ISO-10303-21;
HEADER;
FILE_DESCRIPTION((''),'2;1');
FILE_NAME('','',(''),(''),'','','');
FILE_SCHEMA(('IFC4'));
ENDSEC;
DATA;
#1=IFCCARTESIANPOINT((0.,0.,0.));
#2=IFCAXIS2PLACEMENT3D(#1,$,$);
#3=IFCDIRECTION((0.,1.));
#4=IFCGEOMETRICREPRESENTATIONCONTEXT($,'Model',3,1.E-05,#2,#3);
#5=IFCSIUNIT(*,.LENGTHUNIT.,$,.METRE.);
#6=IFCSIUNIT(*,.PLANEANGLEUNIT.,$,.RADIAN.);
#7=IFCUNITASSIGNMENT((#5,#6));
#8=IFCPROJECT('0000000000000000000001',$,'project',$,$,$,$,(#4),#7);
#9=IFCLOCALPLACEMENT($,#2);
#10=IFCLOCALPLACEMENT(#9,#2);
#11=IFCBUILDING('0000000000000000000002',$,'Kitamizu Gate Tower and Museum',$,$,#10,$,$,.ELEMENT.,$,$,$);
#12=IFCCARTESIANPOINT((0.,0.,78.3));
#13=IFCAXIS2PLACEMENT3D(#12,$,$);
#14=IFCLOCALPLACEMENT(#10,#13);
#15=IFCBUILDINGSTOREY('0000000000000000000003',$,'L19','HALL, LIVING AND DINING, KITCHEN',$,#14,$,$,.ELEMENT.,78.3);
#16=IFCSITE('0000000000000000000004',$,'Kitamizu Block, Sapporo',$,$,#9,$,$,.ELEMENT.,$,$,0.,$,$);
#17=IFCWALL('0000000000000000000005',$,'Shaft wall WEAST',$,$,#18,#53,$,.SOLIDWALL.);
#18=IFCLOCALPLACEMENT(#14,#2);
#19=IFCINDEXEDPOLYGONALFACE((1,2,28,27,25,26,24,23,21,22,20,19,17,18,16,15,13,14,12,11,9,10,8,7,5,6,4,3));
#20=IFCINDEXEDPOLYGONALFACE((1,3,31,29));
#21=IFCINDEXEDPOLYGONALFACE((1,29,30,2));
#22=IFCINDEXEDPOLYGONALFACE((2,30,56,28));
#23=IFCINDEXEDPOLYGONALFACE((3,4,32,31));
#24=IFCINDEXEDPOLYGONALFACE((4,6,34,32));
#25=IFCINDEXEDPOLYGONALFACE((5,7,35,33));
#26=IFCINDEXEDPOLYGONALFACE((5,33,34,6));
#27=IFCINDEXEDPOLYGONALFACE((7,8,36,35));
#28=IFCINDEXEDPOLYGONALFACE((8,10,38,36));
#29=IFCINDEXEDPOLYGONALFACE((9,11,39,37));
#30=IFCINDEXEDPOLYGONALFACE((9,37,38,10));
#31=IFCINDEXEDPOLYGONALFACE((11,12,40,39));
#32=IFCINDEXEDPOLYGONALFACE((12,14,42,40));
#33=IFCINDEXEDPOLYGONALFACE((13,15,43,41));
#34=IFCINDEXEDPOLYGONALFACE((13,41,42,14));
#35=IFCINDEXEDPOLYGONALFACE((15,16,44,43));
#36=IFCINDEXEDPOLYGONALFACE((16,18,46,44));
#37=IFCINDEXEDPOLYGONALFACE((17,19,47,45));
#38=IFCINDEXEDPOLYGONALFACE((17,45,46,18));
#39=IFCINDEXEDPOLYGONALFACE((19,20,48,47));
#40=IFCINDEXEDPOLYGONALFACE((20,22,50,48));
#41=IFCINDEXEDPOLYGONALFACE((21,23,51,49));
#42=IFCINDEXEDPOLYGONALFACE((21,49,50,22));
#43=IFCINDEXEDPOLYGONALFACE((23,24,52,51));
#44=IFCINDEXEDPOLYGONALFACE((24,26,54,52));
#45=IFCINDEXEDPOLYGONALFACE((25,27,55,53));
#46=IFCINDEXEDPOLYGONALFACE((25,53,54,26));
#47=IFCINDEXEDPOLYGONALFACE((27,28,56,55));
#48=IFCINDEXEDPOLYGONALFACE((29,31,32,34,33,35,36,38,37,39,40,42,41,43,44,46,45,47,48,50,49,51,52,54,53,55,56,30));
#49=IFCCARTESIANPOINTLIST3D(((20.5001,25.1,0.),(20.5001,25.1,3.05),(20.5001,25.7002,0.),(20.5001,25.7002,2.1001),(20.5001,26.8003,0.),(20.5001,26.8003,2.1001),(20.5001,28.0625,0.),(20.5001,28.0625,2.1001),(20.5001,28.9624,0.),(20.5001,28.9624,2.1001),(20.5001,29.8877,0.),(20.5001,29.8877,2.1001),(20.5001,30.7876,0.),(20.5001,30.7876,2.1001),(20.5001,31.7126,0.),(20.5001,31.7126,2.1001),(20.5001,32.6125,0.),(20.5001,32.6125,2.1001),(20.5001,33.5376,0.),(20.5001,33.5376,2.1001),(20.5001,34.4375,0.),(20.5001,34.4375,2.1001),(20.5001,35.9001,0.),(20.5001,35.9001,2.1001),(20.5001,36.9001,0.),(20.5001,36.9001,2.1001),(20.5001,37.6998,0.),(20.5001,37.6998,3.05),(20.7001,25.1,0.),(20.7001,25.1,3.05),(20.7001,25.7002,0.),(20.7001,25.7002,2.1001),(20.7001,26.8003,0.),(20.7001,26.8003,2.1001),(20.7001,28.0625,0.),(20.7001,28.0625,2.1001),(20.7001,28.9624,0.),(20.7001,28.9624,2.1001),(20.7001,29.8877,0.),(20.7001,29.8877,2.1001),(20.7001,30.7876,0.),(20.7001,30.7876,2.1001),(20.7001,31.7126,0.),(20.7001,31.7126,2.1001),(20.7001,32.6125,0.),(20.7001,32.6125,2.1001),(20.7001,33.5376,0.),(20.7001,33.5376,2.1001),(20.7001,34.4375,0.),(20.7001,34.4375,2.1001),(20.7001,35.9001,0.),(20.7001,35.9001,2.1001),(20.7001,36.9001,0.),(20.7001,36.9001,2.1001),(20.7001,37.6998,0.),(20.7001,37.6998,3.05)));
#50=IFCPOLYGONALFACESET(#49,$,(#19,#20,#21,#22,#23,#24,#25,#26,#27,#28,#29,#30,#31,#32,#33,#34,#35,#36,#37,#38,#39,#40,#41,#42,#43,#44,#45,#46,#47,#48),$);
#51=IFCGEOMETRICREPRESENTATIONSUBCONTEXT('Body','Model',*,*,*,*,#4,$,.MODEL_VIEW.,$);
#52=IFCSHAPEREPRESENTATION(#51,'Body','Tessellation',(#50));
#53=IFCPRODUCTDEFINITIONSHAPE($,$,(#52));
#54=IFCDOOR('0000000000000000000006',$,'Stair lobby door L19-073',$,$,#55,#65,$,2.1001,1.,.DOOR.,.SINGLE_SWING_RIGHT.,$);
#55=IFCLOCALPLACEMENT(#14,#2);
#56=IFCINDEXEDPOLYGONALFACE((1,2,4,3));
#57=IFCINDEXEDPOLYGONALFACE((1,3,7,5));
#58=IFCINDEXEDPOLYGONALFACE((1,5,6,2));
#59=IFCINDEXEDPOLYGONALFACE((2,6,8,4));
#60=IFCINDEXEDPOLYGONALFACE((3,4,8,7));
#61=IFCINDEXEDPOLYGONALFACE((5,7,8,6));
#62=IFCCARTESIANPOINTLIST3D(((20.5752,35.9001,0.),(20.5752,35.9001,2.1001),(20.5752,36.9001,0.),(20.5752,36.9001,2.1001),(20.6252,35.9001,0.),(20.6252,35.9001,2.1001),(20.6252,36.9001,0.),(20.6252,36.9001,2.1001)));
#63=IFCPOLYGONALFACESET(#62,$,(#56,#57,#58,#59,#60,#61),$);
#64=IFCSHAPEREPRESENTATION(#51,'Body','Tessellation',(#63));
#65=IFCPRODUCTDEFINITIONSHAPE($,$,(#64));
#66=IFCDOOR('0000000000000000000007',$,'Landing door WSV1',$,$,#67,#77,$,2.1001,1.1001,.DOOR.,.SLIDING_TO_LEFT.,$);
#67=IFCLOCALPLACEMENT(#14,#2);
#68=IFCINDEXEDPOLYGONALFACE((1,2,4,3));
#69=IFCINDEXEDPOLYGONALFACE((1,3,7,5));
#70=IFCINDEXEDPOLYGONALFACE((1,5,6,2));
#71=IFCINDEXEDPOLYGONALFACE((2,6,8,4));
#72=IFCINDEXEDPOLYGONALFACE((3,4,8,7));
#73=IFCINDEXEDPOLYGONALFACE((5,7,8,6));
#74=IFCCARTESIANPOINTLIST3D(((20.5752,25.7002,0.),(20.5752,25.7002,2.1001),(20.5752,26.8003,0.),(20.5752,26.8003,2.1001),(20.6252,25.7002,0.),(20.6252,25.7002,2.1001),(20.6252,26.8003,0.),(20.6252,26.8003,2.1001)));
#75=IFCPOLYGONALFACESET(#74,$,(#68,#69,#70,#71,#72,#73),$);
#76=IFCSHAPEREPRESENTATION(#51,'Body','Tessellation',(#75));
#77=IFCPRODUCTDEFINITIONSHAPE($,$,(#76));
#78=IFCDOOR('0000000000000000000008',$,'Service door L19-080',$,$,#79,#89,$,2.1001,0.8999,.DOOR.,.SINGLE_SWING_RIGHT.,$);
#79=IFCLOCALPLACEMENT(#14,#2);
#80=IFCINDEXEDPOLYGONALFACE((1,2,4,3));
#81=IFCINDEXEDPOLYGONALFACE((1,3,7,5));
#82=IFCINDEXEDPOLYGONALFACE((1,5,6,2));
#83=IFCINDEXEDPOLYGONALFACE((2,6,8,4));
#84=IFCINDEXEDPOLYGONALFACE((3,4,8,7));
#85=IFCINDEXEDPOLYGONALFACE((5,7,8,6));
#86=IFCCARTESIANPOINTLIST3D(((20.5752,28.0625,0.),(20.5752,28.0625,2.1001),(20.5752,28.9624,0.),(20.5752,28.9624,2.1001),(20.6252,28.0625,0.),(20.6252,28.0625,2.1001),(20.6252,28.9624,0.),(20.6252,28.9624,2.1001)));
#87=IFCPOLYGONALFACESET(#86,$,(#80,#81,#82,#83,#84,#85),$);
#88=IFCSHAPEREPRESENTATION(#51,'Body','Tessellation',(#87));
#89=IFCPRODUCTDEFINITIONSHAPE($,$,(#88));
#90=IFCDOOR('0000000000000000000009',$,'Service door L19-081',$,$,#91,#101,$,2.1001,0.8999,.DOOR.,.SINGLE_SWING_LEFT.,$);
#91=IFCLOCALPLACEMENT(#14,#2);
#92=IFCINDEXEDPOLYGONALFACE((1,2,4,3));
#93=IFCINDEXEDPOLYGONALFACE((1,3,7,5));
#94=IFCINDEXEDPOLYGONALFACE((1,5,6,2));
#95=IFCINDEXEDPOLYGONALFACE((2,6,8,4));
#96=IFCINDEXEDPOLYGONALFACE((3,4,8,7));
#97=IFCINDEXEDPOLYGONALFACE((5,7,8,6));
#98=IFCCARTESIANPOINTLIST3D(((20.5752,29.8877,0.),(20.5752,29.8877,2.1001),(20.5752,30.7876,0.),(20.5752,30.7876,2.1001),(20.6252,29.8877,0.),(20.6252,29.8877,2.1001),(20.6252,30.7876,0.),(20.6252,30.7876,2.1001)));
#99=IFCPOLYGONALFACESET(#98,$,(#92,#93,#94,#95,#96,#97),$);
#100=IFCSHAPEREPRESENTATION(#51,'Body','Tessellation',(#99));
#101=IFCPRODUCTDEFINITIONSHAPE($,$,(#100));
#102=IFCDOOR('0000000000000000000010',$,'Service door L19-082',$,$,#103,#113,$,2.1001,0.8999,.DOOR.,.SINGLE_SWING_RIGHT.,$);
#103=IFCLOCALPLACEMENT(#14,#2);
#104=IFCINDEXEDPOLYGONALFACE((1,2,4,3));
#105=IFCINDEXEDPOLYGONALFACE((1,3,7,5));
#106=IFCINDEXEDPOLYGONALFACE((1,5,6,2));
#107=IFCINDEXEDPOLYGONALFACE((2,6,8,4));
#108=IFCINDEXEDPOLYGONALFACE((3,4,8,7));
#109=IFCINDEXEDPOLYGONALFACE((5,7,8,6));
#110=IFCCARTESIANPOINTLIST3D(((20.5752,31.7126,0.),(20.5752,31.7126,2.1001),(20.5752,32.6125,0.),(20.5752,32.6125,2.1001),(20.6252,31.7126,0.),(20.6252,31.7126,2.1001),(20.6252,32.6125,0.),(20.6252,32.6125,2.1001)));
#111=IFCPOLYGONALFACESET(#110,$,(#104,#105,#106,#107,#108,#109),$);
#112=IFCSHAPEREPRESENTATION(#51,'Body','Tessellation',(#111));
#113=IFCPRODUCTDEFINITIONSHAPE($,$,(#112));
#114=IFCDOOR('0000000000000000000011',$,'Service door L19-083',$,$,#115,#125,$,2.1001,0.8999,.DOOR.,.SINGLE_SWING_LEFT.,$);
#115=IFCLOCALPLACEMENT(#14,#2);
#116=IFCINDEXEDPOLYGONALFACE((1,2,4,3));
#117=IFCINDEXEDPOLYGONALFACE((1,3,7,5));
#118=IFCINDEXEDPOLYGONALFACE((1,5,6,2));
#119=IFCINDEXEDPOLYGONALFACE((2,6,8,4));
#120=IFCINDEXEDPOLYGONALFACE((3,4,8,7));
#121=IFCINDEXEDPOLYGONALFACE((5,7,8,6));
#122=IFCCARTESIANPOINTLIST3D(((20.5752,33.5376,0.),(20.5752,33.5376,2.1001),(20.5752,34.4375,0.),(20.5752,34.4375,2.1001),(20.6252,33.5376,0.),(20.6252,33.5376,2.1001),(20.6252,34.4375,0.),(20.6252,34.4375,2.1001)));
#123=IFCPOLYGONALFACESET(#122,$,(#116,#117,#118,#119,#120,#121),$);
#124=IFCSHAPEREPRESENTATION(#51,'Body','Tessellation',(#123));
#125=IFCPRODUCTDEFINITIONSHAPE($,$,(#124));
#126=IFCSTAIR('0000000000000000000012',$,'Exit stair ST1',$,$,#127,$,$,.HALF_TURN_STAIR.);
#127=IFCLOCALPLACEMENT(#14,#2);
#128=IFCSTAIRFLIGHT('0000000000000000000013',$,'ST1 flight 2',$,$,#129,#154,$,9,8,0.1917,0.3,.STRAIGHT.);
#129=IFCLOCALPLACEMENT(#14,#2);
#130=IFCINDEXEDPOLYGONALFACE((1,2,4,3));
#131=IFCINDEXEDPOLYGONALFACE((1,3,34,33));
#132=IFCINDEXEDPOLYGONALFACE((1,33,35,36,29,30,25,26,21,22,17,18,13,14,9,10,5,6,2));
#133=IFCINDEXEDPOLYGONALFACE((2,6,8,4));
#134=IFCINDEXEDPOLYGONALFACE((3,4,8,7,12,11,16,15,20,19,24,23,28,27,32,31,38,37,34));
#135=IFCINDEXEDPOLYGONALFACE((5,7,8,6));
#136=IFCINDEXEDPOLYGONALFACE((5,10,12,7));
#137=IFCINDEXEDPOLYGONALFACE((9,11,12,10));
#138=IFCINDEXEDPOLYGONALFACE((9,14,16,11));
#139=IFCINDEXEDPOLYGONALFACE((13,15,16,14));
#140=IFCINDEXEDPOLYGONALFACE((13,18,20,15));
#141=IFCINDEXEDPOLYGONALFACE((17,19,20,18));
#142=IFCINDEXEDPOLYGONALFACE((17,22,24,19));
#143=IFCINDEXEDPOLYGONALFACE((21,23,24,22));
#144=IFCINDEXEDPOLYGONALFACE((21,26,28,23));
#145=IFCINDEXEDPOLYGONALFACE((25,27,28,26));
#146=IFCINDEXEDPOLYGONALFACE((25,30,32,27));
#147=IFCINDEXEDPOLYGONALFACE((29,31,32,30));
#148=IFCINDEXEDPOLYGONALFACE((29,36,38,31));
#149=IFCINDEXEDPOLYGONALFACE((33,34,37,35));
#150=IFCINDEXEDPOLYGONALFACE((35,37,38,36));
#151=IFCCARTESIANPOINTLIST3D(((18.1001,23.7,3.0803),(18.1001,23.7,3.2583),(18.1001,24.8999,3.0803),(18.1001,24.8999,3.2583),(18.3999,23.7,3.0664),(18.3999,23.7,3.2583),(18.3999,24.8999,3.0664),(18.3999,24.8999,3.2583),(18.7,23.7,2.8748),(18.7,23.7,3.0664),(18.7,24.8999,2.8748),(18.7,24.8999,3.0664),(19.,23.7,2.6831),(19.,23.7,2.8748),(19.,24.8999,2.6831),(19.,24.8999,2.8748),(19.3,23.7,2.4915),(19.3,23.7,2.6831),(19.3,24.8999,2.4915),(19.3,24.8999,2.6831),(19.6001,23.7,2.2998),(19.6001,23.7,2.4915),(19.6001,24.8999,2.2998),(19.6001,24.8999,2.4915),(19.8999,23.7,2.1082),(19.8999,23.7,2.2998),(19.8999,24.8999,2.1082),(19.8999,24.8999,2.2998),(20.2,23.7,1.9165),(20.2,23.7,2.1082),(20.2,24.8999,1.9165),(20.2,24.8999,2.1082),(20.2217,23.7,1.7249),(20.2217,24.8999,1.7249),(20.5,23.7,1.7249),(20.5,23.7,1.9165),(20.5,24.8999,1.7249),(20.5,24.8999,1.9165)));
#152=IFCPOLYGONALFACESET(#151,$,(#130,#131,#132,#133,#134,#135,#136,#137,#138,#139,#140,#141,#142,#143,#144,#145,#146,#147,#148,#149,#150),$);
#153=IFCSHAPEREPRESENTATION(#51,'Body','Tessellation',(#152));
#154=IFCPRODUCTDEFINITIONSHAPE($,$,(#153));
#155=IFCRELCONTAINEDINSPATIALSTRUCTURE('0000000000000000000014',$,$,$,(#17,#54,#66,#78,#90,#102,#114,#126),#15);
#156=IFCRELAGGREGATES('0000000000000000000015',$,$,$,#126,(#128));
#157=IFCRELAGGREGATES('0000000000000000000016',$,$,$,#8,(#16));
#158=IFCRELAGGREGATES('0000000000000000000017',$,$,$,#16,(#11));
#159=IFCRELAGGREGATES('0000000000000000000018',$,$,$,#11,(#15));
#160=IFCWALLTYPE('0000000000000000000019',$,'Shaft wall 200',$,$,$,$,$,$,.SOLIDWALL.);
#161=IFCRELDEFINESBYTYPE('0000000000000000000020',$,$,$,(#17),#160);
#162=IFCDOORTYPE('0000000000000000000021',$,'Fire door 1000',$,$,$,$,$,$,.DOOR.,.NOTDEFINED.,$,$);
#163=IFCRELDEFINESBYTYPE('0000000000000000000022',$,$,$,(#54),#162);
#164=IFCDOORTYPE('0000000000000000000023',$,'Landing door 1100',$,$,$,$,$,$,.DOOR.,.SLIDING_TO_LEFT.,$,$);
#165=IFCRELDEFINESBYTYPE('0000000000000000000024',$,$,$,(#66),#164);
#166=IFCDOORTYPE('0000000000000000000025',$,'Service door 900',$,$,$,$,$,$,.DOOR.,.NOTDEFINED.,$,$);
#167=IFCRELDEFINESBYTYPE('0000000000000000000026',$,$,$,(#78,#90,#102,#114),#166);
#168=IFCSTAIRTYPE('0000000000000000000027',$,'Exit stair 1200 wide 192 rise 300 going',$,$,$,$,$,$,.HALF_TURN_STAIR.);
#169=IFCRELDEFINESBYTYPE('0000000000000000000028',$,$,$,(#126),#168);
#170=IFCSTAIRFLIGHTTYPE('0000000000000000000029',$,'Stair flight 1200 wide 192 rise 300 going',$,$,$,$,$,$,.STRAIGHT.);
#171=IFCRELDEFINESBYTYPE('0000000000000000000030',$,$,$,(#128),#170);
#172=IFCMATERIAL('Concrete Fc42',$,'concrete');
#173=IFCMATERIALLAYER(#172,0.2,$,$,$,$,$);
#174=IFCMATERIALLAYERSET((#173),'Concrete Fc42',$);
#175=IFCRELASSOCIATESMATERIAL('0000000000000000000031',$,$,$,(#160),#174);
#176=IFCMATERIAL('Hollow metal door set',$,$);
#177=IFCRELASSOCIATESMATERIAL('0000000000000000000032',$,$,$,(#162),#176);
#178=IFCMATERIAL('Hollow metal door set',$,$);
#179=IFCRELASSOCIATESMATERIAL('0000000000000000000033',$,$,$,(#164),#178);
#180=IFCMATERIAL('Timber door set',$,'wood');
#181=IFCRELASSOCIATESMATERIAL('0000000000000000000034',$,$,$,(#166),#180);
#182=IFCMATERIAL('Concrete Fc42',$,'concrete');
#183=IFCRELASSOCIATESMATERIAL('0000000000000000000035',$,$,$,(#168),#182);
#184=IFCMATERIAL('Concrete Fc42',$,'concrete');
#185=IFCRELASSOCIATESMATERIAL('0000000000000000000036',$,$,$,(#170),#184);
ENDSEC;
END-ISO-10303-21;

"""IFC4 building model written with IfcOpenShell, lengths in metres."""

from ifc_helpers import new_model, si_unit, direction, frame, frame_2d, origin, place, context, subcontext, project, spatial, polyline, rectangle, outline, extrude, material, layer, layer_set, type_object, element, fill, aggregate, save


model = new_model("IFC4")

# Units and contexts
model_context = context("Model", 3, precision=1e-05, world=origin(), true_north=direction((0.0, 1.0)))
body_context = subcontext(model_context, "Body", "Model", "MODEL_VIEW")
ifc_project = project(units=[si_unit("LENGTHUNIT", "METRE"), si_unit("PLANEANGLEUNIT", "RADIAN")], contexts=[model_context])

# Site, building, storey
site_placement = place(None, origin())
site = spatial("IfcSite", under=ifc_project, at=site_placement, Name="Kitamizu Block, Sapporo", CompositionType="ELEMENT", RefElevation=0.0)
building_placement = place(site_placement, origin())
building = spatial("IfcBuilding", under=site, at=building_placement, Name="Kitamizu Gate Tower and Museum", CompositionType="ELEMENT")
storey_placement = place(building_placement, frame((0.0, 0.0, 78.3)))
storey = spatial("IfcBuildingStorey", under=building, at=storey_placement, Name="L19", Description="HALL, LIVING AND DINING, KITCHEN", CompositionType="ELEMENT", Elevation=78.3)

# Wall, openings, doors
ifc_material_1 = material(Name="Concrete Fc42", Category="concrete")
ifc_layer_1 = layer(ifc_material_1, 0.2)
ifc_layer_set_1 = layer_set([ifc_layer_1], Name="Concrete Fc42")
wall_type_1 = type_object("IfcWallType", Name="Shaft wall 200", PredefinedType="SOLIDWALL", material=ifc_layer_set_1)
wall_1_placement = place(storey_placement, frame((20.6001, 25.1001, 0.0), z_axis=(0.0, 0.0, 1.0), x_axis=(0.0, 1.0, 0.0)))
wall_1 = element("IfcWall", 1, at=wall_1_placement, inside=storey, type_object=wall_type_1, Name="Shaft wall WEAST", PredefinedType="SOLIDWALL", context=body_context, shape_type="SweptSolid", body=[
    extrude(rectangle(XDim=12.5999, YDim=0.2, at=frame_2d((6.2998, 0.0))), origin(), (0.0, 0.0, 1.0), 3.05),
])
opening_1_placement = place(wall_1_placement, frame((0.6001, 0.0, 0.0)))
opening_1 = element("IfcOpeningElement", 2, at=opening_1_placement, cuts=wall_1, PredefinedType="OPENING", context=body_context, shape_type="SweptSolid", body=[
    extrude(rectangle(XDim=1.1001, YDim=2.1001, at=frame_2d((0.55, 1.05))), frame((0.0, 0.1099, 0.0), z_axis=(0.0, -1.0, 0.0), x_axis=(1.0, 0.0, 0.0)), (0.0, 0.0, 1.0), 0.22),
])
opening_2_placement = place(wall_1_placement, frame((10.8, 0.0, 0.0)))
opening_2 = element("IfcOpeningElement", 3, at=opening_2_placement, cuts=wall_1, PredefinedType="OPENING", context=body_context, shape_type="SweptSolid", body=[
    extrude(rectangle(XDim=1.0, YDim=2.1001, at=frame_2d((0.5, 1.05))), frame((0.0, 0.1099, 0.0), z_axis=(0.0, -1.0, 0.0), x_axis=(1.0, 0.0, 0.0)), (0.0, 0.0, 1.0), 0.22),
])
opening_3_placement = place(wall_1_placement, frame((2.9624, 0.0, 0.0)))
opening_3 = element("IfcOpeningElement", 4, at=opening_3_placement, cuts=wall_1, PredefinedType="OPENING", context=body_context, shape_type="SweptSolid", body=[
    extrude(rectangle(XDim=0.8999, YDim=2.1001, at=frame_2d((0.45, 1.05))), frame((0.0, 0.1099, 0.0), z_axis=(0.0, -1.0, 0.0), x_axis=(1.0, 0.0, 0.0)), (0.0, 0.0, 1.0), 0.22),
])
opening_4_placement = place(wall_1_placement, frame((4.7876, 0.0, 0.0)))
opening_4 = element("IfcOpeningElement", 5, at=opening_4_placement, cuts=wall_1, PredefinedType="OPENING", context=body_context, shape_type="SweptSolid", body=[
    extrude(rectangle(XDim=0.8999, YDim=2.1001, at=frame_2d((0.45, 1.05))), frame((0.0, 0.1099, 0.0), z_axis=(0.0, -1.0, 0.0), x_axis=(1.0, 0.0, 0.0)), (0.0, 0.0, 1.0), 0.22),
])
opening_5_placement = place(wall_1_placement, frame((6.6125, 0.0, 0.0)))
opening_5 = element("IfcOpeningElement", 6, at=opening_5_placement, cuts=wall_1, PredefinedType="OPENING", context=body_context, shape_type="SweptSolid", body=[
    extrude(rectangle(XDim=0.8999, YDim=2.1001, at=frame_2d((0.45, 1.05))), frame((0.0, 0.1099, 0.0), z_axis=(0.0, -1.0, 0.0), x_axis=(1.0, 0.0, 0.0)), (0.0, 0.0, 1.0), 0.22),
])
opening_6_placement = place(wall_1_placement, frame((8.4375, 0.0, 0.0)))
opening_6 = element("IfcOpeningElement", 7, at=opening_6_placement, cuts=wall_1, PredefinedType="OPENING", context=body_context, shape_type="SweptSolid", body=[
    extrude(rectangle(XDim=0.8999, YDim=2.1001, at=frame_2d((0.45, 1.05))), frame((0.0, 0.1099, 0.0), z_axis=(0.0, -1.0, 0.0), x_axis=(1.0, 0.0, 0.0)), (0.0, 0.0, 1.0), 0.22),
])
ifc_material_2 = material(Name="Hollow metal door set")
door_type_1 = type_object("IfcDoorType", Name="Fire door 1000", OperationType="NOTDEFINED", PredefinedType="DOOR", material=ifc_material_2)
door_1_placement = place(opening_2_placement, origin())
door_1 = element("IfcDoor", 8, at=door_1_placement, inside=storey, type_object=door_type_1, Name="Stair lobby door L19-073", OperationType="SINGLE_SWING_RIGHT", OverallHeight=2.1001, OverallWidth=1.0, PredefinedType="DOOR", context=body_context, shape_type="SweptSolid", body=[
    extrude(rectangle(XDim=1.0, YDim=2.1001, at=frame_2d((0.5, 1.05))), frame((0.0, 0.0249, 0.0), z_axis=(0.0, -1.0, 0.0), x_axis=(1.0, 0.0, 0.0)), (0.0, 0.0, 1.0), 0.05),
])
fill(opening_2, door_1)
ifc_material_3 = material(Name="Hollow metal door set")
door_type_2 = type_object("IfcDoorType", Name="Landing door 1100", OperationType="SLIDING_TO_LEFT", PredefinedType="DOOR", material=ifc_material_3)
door_2_placement = place(opening_1_placement, origin())
door_2 = element("IfcDoor", 9, at=door_2_placement, inside=storey, type_object=door_type_2, Name="Landing door WSV1", OperationType="SLIDING_TO_LEFT", OverallHeight=2.1001, OverallWidth=1.1001, PredefinedType="DOOR", context=body_context, shape_type="SweptSolid", body=[
    extrude(rectangle(XDim=1.1001, YDim=2.1001, at=frame_2d((0.55, 1.05))), frame((0.0, 0.0249, 0.0), z_axis=(0.0, -1.0, 0.0), x_axis=(1.0, 0.0, 0.0)), (0.0, 0.0, 1.0), 0.05),
])
fill(opening_1, door_2)
ifc_material_4 = material(Name="Timber door set", Category="wood")
door_type_3 = type_object("IfcDoorType", Name="Service door 900", OperationType="NOTDEFINED", PredefinedType="DOOR", material=ifc_material_4)
door_3_placement = place(opening_3_placement, origin())
door_3 = element("IfcDoor", 10, at=door_3_placement, inside=storey, type_object=door_type_3, Name="Service door L19-080", OperationType="SINGLE_SWING_RIGHT", OverallHeight=2.1001, OverallWidth=0.8999, PredefinedType="DOOR", context=body_context, shape_type="SweptSolid", body=[
    extrude(rectangle(XDim=0.8999, YDim=2.1001, at=frame_2d((0.45, 1.05))), frame((0.0, 0.0249, 0.0), z_axis=(0.0, -1.0, 0.0), x_axis=(1.0, 0.0, 0.0)), (0.0, 0.0, 1.0), 0.05),
])
fill(opening_3, door_3)
door_4_placement = place(opening_4_placement, origin())
door_4 = element("IfcDoor", 11, at=door_4_placement, inside=storey, type_object=door_type_3, Name="Service door L19-081", OperationType="SINGLE_SWING_LEFT", OverallHeight=2.1001, OverallWidth=0.8999, PredefinedType="DOOR", context=body_context, shape_type="SweptSolid", body=[
    extrude(rectangle(XDim=0.8999, YDim=2.1001, at=frame_2d((0.45, 1.05))), frame((0.0, 0.0249, 0.0), z_axis=(0.0, -1.0, 0.0), x_axis=(1.0, 0.0, 0.0)), (0.0, 0.0, 1.0), 0.05),
])
fill(opening_4, door_4)
door_5_placement = place(opening_5_placement, origin())
door_5 = element("IfcDoor", 12, at=door_5_placement, inside=storey, type_object=door_type_3, Name="Service door L19-082", OperationType="SINGLE_SWING_RIGHT", OverallHeight=2.1001, OverallWidth=0.8999, PredefinedType="DOOR", context=body_context, shape_type="SweptSolid", body=[
    extrude(rectangle(XDim=0.8999, YDim=2.1001, at=frame_2d((0.45, 1.05))), frame((0.0, 0.0249, 0.0), z_axis=(0.0, -1.0, 0.0), x_axis=(1.0, 0.0, 0.0)), (0.0, 0.0, 1.0), 0.05),
])
fill(opening_5, door_5)
door_6_placement = place(opening_6_placement, origin())
door_6 = element("IfcDoor", 13, at=door_6_placement, inside=storey, type_object=door_type_3, Name="Service door L19-083", OperationType="SINGLE_SWING_LEFT", OverallHeight=2.1001, OverallWidth=0.8999, PredefinedType="DOOR", context=body_context, shape_type="SweptSolid", body=[
    extrude(rectangle(XDim=0.8999, YDim=2.1001, at=frame_2d((0.45, 1.05))), frame((0.0, 0.0249, 0.0), z_axis=(0.0, -1.0, 0.0), x_axis=(1.0, 0.0, 0.0)), (0.0, 0.0, 1.0), 0.05),
])
fill(opening_6, door_6)

# Stair, stair flight
ifc_material_5 = material(Name="Concrete Fc42", Category="concrete")
stair_type = type_object("IfcStairType", Name="Exit stair 1200 wide 192 rise 300 going", PredefinedType="HALF_TURN_STAIR", material=ifc_material_5)
stair_placement = place(storey_placement, origin())
stair = element("IfcStair", 14, at=stair_placement, inside=storey, type_object=stair_type, Name="Exit stair ST1", PredefinedType="HALF_TURN_STAIR")
ifc_material_6 = material(Name="Concrete Fc42", Category="concrete")
stair_flight_type = type_object("IfcStairFlightType", Name="Stair flight 1200 wide 192 rise 300 going", PredefinedType="STRAIGHT", material=ifc_material_6)
stair_flight_placement = place(storey_placement, frame((20.5, 24.3, 1.7249), z_axis=(0.0, 0.0, 1.0), x_axis=(-1.0, 0.0, 0.0)))
stair_flight = element("IfcStairFlight", 15, at=stair_flight_placement, type_object=stair_flight_type, Name="ST1 flight 2", NumberOfRisers=9, NumberOfTreads=8, PredefinedType="STRAIGHT", RiserHeight=0.1917, TreadLength=0.3, context=body_context, shape_type="SweptSolid", body=[
    extrude(outline(polyline([(0.0, 0.0), (0.0, 0.1917), (0.3, 0.1917), (0.3, 0.3833), (0.6001, 0.3833), (0.6001, 0.575), (0.8999, 0.575), (0.8999, 0.7666), (1.2, 0.7666), (1.2, 0.9583), (1.5, 0.9583), (1.5, 1.1499), (1.8, 1.1499), (1.8, 1.3416), (2.1001, 1.3416), (2.1001, 1.5334), (2.3999, 1.5334), (2.3999, 1.7251), (2.3999, 1.3555), (0.2783, 0.0), (0.0, 0.0)])), frame((0.0, 0.6001, 0.0), z_axis=(0.0, -1.0, 0.0), x_axis=(1.0, 0.0, 0.0)), (0.0, 0.0, 1.0), 1.2),
])
aggregate(stair, [stair_flight])

save(model, "model.ifc")
